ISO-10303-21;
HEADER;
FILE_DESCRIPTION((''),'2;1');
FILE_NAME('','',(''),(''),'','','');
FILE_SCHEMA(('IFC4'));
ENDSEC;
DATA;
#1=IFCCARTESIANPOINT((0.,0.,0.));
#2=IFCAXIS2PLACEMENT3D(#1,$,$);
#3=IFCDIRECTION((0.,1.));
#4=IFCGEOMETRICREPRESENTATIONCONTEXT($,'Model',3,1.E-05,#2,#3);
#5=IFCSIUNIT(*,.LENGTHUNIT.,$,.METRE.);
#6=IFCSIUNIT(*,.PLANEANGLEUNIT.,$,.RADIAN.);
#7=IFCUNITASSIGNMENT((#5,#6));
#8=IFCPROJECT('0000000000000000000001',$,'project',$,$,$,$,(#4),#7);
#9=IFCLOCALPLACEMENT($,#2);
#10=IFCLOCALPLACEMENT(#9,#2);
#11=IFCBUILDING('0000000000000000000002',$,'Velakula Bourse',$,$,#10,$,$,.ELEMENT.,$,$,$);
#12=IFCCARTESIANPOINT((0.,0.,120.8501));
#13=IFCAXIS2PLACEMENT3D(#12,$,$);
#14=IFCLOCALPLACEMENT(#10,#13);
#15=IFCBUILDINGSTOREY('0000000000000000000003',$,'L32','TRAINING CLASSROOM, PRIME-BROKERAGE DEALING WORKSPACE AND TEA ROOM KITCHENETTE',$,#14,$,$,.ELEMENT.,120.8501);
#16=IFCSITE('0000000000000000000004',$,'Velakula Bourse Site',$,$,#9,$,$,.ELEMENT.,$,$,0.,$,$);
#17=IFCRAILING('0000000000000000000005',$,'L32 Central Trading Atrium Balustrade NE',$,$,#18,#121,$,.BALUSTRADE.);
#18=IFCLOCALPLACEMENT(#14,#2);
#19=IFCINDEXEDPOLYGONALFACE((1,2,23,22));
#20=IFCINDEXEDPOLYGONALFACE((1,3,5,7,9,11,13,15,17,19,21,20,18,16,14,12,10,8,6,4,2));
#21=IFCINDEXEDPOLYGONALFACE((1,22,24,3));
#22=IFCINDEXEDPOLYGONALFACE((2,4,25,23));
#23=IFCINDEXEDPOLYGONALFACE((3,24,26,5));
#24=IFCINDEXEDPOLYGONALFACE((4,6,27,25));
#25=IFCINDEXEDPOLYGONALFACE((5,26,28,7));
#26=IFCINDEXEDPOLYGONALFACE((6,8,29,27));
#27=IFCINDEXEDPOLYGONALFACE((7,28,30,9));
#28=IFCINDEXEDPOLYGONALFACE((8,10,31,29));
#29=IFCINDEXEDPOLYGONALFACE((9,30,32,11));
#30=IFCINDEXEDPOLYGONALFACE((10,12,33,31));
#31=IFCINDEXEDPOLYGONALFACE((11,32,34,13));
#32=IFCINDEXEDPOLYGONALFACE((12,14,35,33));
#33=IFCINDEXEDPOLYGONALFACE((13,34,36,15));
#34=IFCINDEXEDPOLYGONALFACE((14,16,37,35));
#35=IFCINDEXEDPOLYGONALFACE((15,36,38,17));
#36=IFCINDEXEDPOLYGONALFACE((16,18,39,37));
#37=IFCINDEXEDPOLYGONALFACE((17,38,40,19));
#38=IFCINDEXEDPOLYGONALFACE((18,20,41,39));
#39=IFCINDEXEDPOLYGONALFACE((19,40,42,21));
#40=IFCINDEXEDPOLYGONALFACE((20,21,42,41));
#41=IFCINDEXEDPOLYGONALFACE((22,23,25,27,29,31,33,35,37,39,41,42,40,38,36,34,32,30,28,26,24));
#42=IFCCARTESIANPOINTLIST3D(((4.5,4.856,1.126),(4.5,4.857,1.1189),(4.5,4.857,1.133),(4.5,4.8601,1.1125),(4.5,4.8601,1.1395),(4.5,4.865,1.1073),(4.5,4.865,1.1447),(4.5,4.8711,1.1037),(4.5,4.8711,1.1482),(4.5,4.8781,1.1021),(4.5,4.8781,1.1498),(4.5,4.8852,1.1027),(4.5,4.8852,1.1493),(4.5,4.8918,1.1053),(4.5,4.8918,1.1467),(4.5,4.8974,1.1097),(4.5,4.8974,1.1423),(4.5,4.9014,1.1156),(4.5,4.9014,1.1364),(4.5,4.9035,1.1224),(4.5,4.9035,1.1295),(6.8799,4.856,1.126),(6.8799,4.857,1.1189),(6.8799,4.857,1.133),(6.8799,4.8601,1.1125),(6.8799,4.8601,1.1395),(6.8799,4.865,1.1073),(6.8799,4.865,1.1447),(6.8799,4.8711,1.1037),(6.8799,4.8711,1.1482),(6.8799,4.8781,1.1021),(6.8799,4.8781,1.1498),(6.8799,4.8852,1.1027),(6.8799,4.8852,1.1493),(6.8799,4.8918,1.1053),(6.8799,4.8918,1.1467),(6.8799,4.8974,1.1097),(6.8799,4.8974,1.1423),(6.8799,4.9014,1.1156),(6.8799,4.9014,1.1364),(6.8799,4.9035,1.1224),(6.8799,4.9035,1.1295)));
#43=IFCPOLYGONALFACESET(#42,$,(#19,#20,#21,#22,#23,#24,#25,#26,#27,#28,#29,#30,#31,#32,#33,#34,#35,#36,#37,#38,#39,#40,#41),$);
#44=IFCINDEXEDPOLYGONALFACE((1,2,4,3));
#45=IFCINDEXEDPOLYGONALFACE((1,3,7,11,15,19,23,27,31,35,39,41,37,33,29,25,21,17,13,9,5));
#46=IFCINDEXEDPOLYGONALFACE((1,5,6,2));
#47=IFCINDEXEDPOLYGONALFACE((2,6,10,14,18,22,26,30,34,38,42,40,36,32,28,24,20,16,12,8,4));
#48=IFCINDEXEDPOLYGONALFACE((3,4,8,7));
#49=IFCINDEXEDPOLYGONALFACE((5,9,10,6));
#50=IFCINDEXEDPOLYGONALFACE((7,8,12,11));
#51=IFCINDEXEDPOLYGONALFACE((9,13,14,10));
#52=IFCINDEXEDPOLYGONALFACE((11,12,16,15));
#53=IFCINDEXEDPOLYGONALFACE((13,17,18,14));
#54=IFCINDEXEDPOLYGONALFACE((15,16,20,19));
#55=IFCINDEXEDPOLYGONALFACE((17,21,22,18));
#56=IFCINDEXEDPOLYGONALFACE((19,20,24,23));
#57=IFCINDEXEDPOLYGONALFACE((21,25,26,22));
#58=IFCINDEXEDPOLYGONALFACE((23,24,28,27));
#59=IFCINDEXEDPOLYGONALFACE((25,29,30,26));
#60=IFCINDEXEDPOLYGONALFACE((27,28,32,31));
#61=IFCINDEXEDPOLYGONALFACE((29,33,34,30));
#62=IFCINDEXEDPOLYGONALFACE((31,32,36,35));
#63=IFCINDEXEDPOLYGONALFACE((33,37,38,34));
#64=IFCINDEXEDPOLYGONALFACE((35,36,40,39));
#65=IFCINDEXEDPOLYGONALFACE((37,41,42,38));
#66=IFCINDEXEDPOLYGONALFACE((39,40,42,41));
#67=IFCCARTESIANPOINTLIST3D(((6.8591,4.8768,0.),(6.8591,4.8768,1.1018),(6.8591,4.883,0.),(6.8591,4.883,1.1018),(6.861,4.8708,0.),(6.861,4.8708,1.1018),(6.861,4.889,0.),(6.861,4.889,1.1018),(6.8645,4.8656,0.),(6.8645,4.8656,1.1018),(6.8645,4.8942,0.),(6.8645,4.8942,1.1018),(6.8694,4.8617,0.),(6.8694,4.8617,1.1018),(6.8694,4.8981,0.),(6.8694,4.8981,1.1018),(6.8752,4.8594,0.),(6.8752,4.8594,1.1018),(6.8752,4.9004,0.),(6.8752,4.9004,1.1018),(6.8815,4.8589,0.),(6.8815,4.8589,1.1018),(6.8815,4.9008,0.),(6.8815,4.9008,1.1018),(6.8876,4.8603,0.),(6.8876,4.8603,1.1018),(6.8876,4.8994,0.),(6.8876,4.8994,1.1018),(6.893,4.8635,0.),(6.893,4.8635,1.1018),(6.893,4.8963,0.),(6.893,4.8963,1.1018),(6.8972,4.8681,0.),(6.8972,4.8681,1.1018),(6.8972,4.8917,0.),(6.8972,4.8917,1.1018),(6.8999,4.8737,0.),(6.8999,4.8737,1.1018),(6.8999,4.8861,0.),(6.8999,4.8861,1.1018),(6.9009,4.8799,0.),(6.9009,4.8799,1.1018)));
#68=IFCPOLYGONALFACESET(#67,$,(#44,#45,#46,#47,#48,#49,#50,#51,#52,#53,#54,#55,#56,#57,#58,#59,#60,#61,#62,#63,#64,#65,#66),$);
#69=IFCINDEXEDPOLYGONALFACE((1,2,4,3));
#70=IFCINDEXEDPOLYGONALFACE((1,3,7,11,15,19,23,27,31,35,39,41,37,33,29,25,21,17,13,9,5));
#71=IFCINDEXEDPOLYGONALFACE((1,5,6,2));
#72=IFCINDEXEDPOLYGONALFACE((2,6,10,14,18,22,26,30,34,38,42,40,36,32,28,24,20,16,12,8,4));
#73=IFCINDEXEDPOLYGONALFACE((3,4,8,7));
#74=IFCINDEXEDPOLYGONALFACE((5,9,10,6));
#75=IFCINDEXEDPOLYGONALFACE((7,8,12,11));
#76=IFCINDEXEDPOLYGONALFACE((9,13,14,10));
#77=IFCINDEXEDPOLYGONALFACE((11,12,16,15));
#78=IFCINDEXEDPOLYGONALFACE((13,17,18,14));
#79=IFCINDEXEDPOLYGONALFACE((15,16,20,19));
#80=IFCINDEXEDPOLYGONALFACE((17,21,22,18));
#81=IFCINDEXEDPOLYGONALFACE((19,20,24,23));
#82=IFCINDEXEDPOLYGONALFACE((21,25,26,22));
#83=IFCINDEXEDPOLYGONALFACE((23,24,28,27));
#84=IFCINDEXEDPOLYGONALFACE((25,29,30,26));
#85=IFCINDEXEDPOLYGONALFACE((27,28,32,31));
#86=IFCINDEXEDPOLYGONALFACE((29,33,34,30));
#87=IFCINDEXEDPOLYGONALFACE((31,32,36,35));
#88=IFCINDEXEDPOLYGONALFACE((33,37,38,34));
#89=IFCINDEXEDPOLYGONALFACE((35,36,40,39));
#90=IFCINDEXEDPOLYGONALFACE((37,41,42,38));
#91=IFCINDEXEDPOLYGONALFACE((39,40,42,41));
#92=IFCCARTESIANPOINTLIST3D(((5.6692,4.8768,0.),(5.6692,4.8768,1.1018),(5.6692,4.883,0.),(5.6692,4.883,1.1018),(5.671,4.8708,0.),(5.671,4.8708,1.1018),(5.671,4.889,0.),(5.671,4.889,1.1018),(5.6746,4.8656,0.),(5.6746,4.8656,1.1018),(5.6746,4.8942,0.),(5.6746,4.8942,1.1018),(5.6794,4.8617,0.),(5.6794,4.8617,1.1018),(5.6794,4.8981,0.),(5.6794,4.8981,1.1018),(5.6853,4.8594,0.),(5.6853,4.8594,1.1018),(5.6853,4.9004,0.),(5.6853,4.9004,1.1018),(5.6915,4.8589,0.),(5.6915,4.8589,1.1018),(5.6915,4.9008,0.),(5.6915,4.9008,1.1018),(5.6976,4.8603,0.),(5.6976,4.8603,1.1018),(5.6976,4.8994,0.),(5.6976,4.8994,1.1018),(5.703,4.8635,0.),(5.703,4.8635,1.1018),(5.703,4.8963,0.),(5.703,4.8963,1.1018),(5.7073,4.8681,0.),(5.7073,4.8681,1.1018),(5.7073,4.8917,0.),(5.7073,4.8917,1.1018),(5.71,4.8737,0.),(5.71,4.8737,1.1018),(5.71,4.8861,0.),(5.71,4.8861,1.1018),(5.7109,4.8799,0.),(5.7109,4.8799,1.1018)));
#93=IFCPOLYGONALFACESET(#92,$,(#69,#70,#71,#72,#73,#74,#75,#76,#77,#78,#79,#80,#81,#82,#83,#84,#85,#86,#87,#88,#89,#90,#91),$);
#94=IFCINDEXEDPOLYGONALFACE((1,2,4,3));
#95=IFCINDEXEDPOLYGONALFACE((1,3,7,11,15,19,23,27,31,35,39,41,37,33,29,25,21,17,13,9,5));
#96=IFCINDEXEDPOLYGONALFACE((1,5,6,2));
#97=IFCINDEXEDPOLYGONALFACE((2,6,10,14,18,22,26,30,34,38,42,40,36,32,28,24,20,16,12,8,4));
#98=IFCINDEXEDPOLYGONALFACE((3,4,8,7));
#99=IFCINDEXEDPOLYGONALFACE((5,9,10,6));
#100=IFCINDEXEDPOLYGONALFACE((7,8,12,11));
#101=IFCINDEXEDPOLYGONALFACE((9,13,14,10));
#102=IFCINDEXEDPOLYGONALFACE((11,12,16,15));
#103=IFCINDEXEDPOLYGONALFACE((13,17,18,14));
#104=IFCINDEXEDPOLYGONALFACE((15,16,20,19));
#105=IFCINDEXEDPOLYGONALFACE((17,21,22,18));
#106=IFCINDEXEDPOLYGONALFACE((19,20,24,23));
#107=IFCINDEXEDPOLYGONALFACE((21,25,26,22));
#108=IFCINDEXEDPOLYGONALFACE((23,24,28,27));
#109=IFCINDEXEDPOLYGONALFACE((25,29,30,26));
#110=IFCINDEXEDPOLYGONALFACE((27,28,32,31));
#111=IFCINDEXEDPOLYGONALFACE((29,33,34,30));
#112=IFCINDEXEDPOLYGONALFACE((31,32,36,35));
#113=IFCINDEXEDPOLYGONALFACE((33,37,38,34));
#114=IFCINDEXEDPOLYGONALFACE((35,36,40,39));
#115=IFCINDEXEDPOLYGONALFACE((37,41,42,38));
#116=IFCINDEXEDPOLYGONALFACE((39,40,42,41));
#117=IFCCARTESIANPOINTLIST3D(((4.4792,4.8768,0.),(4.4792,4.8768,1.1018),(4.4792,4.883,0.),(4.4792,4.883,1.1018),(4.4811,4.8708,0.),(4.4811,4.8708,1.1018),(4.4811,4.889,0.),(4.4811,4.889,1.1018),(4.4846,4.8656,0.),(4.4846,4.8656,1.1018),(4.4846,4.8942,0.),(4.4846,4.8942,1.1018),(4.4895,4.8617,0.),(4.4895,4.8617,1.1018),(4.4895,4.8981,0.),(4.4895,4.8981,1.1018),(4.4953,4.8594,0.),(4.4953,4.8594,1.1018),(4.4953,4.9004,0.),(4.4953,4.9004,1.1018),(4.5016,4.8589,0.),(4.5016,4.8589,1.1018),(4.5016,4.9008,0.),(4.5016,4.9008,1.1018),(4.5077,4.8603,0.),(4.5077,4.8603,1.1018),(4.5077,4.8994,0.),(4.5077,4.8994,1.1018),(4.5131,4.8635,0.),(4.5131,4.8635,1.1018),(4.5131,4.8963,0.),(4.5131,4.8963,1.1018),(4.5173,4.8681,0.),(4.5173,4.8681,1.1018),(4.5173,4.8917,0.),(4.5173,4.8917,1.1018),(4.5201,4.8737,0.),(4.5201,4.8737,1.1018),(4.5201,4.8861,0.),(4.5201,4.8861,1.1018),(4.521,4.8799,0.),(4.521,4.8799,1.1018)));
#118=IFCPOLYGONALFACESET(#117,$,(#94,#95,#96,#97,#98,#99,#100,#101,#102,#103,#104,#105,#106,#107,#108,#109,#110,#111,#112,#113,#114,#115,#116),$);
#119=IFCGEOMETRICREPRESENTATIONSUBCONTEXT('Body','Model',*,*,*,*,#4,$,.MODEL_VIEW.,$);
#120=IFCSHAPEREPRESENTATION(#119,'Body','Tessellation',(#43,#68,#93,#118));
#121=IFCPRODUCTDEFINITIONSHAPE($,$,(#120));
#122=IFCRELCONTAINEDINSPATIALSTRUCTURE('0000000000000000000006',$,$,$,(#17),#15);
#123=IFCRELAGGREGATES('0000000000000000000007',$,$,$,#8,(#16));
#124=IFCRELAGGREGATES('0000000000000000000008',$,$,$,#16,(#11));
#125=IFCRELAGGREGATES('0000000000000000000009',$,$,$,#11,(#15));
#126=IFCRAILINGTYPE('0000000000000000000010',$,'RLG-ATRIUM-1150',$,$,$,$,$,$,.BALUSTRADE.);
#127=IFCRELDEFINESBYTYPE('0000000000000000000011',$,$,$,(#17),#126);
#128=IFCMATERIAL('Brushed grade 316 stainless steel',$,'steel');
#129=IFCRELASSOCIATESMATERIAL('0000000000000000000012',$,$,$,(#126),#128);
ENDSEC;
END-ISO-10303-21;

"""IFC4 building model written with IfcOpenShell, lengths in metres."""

from ifc_helpers import new_model, si_unit, direction, frame, origin, origin_2d, place, context, subcontext, project, spatial, circle, extrude, material, type_object, element, save


model = new_model("IFC4")

# Units and contexts
model_context = context("Model", 3, precision=1e-05, world=origin(), true_north=direction((0.0, 1.0)))
body_context = subcontext(model_context, "Body", "Model", "MODEL_VIEW")
ifc_project = project(units=[si_unit("LENGTHUNIT", "METRE"), si_unit("PLANEANGLEUNIT", "RADIAN")], contexts=[model_context])

# Site, building, storey
site_placement = place(None, origin())
site = spatial("IfcSite", under=ifc_project, at=site_placement, Name="Velakula Bourse Site", CompositionType="ELEMENT", RefElevation=0.0)
building_placement = place(site_placement, origin())
building = spatial("IfcBuilding", under=site, at=building_placement, Name="Velakula Bourse", CompositionType="ELEMENT")
storey_placement = place(building_placement, frame((0.0, 0.0, 120.8501)))
storey = spatial("IfcBuildingStorey", under=building, at=storey_placement, Name="L32", Description="TRAINING CLASSROOM, PRIME-BROKERAGE DEALING WORKSPACE AND TEA ROOM KITCHENETTE", CompositionType="ELEMENT", Elevation=120.8501)

# Shared definitions
ifc_material_1 = material(Name="Brushed grade 316 stainless steel", Category="steel")

# Railing
railing_type = type_object("IfcRailingType", Name="RLG-ATRIUM-1150", PredefinedType="BALUSTRADE", material=ifc_material_1)
railing_placement = place(storey_placement, frame((6.8799, 4.8799, 0.0)))
element("IfcRailing", 1, at=railing_placement, inside=storey, type_object=railing_type, Name="L32 Central Trading Atrium Balustrade NE", PredefinedType="BALUSTRADE", context=body_context, shape_type="SweptSolid", body=[
    extrude(circle(Radius=0.0239, at=origin_2d()), frame((0.0, 0.0, 1.126), z_axis=(-1.0, 0.0, 0.0), x_axis=(0.0, -1.0, 0.0)), (0.0, 0.0, 1.0), 2.3799),
    extrude(circle(Radius=0.021, at=origin_2d()), origin(), (0.0, 0.0, 1.0), 1.1018),
    extrude(circle(Radius=0.021, at=origin_2d()), frame((-1.1899, 0.0, 0.0)), (0.0, 0.0, 1.0), 1.1018),
    extrude(circle(Radius=0.021, at=origin_2d()), frame((-2.3799, 0.0, 0.0)), (0.0, 0.0, 1.0), 1.1018),
])

save(model, "model.ifc")
